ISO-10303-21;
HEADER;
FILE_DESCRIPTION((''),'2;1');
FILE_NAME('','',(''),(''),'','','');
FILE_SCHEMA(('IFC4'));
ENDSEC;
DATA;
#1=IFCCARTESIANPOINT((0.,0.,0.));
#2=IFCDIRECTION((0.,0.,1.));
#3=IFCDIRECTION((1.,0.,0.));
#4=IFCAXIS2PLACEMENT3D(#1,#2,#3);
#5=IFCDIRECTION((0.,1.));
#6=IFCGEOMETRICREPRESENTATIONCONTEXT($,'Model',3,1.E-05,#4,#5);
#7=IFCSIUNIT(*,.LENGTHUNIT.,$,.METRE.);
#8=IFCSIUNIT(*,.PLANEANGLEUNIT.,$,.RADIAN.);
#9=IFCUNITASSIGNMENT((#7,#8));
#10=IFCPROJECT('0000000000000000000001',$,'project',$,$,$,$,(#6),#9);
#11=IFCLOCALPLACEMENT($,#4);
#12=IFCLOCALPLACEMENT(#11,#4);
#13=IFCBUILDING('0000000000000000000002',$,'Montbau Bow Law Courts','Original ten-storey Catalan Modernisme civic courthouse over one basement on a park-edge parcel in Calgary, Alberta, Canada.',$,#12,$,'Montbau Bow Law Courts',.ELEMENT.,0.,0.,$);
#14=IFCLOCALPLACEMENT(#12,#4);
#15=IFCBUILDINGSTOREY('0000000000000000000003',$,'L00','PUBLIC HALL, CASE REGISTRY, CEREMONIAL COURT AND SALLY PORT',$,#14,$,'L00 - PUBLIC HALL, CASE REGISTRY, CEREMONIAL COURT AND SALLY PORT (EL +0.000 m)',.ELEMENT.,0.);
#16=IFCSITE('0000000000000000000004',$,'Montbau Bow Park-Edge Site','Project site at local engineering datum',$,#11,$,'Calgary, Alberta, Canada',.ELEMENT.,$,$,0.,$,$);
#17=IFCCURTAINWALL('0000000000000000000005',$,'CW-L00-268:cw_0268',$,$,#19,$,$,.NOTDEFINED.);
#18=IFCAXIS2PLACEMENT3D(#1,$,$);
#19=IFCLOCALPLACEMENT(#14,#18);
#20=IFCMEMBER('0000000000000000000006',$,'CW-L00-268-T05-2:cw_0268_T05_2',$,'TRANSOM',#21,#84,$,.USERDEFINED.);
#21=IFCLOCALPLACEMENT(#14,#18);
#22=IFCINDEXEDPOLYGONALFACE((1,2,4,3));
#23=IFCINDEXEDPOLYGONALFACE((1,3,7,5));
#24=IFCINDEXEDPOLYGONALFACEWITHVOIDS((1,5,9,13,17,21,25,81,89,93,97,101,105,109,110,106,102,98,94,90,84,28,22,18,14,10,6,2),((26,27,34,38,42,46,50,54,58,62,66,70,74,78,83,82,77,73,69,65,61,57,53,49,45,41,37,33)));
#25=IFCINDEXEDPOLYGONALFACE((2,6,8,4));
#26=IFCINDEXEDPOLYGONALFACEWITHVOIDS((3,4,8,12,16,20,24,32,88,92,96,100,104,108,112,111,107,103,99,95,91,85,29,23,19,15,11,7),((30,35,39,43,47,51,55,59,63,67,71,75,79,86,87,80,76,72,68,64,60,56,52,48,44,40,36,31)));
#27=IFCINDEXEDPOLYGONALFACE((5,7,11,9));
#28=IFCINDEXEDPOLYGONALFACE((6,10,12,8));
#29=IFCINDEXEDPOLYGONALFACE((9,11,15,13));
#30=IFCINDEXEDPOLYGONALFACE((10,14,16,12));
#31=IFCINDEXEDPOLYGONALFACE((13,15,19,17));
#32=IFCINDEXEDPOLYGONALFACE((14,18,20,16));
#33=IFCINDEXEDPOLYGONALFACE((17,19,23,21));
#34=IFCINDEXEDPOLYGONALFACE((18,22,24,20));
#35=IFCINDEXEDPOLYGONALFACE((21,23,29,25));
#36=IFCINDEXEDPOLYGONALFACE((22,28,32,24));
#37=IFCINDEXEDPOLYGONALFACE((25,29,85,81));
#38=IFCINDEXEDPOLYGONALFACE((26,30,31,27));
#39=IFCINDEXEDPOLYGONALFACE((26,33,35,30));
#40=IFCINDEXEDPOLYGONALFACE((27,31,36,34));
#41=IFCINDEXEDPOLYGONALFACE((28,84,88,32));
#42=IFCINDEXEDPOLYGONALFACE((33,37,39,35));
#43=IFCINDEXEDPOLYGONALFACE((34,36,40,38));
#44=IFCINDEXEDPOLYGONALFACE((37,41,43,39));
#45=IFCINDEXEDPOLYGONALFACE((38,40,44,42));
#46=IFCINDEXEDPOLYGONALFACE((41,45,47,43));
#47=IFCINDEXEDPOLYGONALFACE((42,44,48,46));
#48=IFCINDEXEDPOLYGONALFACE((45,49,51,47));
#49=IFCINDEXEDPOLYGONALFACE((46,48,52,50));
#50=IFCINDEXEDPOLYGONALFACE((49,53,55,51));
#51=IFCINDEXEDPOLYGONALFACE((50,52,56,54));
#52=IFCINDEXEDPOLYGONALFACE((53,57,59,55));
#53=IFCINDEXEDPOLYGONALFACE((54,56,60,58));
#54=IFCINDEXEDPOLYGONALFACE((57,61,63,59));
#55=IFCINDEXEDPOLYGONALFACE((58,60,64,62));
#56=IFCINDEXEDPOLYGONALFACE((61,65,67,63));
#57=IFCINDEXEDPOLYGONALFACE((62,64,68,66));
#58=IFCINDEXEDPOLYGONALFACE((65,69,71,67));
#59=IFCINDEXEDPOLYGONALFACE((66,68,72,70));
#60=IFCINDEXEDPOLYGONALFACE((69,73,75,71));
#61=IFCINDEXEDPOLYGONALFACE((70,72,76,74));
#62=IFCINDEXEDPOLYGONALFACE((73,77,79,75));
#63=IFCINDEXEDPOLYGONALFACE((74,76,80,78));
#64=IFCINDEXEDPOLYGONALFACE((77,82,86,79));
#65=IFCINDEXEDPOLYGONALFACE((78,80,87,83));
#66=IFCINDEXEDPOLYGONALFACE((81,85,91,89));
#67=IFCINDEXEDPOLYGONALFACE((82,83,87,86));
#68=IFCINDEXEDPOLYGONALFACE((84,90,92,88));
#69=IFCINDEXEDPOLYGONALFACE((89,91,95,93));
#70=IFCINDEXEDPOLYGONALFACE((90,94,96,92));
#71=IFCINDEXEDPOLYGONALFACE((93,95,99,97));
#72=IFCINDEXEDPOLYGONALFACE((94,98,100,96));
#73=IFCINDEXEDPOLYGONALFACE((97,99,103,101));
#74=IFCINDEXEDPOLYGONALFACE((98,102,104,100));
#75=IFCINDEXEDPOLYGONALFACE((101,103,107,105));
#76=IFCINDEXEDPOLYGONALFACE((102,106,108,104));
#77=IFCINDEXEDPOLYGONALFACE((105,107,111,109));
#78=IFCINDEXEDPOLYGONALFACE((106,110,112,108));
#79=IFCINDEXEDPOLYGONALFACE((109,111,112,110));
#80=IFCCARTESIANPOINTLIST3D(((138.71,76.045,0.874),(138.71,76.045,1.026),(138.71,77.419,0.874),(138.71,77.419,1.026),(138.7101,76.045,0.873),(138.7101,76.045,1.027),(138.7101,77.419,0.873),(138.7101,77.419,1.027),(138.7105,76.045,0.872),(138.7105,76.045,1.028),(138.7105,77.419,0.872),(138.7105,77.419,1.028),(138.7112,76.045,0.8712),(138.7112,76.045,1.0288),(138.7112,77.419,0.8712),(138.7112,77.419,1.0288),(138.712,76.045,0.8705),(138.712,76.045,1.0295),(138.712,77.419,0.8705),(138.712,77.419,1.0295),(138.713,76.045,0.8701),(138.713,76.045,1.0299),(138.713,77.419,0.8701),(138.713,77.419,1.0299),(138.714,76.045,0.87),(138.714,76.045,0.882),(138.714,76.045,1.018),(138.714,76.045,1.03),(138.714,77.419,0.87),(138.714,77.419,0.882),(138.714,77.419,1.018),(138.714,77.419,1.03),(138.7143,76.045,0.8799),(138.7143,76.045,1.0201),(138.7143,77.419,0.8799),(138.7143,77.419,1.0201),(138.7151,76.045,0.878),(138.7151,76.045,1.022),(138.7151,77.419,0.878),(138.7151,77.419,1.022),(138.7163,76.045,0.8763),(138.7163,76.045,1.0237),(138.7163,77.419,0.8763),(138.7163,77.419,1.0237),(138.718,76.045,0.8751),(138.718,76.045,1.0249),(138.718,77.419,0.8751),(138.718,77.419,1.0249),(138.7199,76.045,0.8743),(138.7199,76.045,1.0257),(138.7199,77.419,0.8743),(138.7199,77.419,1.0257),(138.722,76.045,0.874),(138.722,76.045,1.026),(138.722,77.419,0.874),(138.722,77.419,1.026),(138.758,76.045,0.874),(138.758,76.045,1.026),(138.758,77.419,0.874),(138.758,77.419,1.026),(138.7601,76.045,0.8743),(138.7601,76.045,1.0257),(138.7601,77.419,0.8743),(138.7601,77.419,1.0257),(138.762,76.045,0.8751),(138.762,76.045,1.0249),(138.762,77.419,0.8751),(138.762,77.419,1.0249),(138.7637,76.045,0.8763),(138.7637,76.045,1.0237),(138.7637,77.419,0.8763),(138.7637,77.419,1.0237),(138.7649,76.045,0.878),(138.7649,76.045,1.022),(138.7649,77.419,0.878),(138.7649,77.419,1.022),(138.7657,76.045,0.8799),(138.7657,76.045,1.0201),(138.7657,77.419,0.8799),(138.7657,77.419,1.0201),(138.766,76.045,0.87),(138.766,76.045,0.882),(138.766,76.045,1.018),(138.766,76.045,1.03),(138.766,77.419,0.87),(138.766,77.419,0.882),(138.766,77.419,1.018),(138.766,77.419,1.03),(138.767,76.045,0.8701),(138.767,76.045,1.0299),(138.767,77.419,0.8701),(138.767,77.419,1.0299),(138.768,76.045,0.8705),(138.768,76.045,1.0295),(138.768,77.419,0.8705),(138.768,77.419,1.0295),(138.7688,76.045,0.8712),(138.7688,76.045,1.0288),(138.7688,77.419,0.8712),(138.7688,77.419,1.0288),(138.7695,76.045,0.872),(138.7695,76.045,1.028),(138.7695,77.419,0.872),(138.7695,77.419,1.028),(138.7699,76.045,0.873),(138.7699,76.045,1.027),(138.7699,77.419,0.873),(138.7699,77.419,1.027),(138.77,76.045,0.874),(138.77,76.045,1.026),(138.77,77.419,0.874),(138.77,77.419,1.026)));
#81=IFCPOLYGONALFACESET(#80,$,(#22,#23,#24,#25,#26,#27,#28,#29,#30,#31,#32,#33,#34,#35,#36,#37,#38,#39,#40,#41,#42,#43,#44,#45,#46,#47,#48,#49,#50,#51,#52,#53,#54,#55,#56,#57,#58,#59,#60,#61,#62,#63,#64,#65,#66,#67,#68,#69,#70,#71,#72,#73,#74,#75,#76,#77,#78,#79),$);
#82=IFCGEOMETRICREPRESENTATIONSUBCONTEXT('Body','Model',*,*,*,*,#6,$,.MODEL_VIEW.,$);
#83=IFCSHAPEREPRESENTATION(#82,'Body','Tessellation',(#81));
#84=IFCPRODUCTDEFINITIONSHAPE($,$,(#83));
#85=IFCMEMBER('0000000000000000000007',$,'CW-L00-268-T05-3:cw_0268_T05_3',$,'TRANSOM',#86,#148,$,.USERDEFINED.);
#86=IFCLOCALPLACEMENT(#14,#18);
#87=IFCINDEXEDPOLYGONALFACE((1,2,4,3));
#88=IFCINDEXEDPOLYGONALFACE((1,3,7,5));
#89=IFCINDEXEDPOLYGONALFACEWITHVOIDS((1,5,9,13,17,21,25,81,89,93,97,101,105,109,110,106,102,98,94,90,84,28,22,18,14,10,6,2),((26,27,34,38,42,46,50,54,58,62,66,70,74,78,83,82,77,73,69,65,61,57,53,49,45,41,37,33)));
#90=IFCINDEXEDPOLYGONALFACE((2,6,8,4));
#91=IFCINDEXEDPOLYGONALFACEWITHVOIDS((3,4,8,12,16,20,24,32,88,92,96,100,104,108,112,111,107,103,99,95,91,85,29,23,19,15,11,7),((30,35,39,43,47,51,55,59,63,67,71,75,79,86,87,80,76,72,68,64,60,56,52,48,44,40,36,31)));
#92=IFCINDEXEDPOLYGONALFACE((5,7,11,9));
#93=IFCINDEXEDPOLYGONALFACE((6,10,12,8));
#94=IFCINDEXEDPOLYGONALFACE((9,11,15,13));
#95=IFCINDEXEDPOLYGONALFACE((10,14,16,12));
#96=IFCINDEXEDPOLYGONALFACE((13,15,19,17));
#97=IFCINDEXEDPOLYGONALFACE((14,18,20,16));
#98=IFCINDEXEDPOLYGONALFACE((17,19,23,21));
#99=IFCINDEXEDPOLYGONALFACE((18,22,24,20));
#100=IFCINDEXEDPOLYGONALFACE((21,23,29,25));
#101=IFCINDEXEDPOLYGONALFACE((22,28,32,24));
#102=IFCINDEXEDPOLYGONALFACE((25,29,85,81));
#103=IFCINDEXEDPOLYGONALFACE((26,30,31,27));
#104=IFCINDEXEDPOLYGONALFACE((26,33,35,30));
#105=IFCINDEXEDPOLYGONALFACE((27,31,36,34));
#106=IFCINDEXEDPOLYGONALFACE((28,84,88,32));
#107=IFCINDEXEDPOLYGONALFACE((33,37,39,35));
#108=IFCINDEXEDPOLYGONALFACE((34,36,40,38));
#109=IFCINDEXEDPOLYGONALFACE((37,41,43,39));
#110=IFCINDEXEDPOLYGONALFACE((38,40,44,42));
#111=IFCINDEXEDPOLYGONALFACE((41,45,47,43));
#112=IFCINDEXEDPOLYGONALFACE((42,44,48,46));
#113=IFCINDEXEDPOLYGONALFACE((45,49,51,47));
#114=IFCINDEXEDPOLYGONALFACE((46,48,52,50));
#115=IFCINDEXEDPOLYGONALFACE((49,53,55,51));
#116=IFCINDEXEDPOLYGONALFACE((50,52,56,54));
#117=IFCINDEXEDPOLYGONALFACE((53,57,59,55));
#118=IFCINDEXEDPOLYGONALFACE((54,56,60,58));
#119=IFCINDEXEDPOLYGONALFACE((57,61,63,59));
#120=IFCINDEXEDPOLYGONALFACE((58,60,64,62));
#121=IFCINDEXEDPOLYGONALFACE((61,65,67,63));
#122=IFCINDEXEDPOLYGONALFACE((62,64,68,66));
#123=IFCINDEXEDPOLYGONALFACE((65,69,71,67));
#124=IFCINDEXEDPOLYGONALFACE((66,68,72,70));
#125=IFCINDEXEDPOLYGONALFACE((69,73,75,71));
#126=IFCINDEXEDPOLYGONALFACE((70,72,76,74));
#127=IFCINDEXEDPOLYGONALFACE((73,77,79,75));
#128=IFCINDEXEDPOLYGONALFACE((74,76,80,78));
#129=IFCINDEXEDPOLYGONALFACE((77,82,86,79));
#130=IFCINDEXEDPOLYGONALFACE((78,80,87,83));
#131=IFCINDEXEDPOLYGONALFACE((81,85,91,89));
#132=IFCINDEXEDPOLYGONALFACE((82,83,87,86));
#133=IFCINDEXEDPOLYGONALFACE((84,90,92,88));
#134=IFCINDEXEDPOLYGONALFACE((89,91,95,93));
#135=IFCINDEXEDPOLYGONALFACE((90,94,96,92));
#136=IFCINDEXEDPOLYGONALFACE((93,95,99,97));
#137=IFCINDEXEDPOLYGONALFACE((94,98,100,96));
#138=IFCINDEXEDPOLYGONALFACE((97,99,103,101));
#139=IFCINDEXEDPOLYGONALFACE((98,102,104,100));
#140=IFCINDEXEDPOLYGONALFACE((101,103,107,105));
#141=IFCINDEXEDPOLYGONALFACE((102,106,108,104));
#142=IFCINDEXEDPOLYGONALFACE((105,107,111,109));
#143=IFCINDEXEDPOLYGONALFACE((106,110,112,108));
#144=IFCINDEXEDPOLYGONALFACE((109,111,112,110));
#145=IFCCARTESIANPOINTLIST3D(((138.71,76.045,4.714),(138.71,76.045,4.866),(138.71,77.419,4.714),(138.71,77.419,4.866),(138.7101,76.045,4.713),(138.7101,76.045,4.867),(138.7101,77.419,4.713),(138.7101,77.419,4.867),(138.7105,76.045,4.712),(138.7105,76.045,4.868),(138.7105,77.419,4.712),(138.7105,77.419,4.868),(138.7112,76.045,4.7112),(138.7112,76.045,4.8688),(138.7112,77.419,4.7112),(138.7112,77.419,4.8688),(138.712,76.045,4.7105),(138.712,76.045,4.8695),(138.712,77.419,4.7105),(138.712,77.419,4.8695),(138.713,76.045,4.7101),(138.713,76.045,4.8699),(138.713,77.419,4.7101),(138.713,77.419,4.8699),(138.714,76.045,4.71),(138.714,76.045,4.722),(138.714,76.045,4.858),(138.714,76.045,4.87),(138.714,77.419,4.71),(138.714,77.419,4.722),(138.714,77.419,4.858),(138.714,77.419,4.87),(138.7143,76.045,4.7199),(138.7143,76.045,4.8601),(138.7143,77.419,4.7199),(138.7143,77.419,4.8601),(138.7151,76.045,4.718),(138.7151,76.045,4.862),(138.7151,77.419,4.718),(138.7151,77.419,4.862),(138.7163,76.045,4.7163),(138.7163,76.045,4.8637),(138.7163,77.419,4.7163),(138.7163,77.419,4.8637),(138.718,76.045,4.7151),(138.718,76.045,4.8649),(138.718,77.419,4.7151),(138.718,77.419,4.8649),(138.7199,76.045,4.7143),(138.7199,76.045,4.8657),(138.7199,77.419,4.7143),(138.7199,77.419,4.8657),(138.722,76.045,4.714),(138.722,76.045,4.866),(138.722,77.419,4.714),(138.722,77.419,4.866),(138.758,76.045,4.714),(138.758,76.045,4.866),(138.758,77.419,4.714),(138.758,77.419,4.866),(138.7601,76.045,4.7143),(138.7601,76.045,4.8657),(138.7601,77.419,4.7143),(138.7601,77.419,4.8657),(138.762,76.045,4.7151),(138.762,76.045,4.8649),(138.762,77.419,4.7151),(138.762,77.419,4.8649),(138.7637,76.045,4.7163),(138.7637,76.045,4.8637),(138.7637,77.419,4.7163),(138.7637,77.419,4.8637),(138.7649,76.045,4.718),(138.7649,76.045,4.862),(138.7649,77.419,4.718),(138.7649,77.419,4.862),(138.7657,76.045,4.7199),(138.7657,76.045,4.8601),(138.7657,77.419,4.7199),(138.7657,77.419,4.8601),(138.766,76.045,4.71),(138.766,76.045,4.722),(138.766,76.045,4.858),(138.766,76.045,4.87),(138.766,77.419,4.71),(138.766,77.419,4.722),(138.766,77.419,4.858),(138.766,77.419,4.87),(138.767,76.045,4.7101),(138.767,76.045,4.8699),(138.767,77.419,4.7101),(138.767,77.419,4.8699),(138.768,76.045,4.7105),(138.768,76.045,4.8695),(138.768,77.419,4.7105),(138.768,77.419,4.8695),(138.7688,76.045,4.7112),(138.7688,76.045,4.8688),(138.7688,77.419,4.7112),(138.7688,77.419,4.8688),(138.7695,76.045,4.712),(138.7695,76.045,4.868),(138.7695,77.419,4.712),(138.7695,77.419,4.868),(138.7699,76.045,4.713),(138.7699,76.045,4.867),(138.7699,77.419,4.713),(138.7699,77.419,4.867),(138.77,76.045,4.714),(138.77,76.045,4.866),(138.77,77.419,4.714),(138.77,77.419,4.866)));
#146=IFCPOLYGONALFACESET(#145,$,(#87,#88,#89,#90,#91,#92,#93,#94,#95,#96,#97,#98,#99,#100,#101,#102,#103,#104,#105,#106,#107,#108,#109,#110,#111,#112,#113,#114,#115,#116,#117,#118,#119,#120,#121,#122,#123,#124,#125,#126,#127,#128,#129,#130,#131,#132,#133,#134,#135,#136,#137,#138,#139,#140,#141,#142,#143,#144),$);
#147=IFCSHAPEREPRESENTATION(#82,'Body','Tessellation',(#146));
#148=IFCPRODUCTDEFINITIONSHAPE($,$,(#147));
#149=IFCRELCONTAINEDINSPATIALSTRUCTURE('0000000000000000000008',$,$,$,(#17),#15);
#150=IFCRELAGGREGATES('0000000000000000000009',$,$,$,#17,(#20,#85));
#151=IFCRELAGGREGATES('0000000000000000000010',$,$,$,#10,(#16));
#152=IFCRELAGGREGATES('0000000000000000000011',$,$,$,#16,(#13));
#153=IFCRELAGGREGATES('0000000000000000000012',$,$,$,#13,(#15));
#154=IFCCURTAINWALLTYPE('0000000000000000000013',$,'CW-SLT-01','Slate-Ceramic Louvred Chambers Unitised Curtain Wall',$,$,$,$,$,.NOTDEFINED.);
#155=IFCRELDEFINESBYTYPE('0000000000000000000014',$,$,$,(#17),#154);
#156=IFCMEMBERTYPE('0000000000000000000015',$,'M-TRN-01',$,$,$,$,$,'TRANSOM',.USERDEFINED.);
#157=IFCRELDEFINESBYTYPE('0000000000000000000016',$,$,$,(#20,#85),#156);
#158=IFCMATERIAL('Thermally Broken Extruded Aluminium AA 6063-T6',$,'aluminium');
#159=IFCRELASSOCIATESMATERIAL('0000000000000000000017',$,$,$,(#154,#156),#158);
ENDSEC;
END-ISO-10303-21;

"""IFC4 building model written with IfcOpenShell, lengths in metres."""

from ifc_helpers import new_model, si_unit, direction, frame, origin_with_axes, origin_2d_with_axis, place, context, subcontext, project, spatial, hollow_rectangle, extrude, material, material_profile, profile_set, type_object, element, aggregate, save


model = new_model("IFC4")

# Units and contexts
model_context = context("Model", 3, precision=1e-05, world=origin_with_axes(), true_north=direction((0.0, 1.0)))
body_context = subcontext(model_context, "Body", "Model", "MODEL_VIEW")
ifc_project = project(units=[si_unit("LENGTHUNIT", "METRE"), si_unit("PLANEANGLEUNIT", "RADIAN")], contexts=[model_context])

# Site, building, storey
site_placement = place(None, origin_with_axes())
site = spatial("IfcSite", under=ifc_project, at=site_placement, Name="Montbau Bow Park-Edge Site", Description="Project site at local engineering datum", LongName="Calgary, Alberta, Canada", CompositionType="ELEMENT", RefElevation=0.0)
building_placement = place(site_placement, origin_with_axes())
building = spatial("IfcBuilding", under=site, at=building_placement, Name="Montbau Bow Law Courts", Description="Original ten-storey Catalan Modernisme civic courthouse over one basement on a park-edge parcel in Calgary, Alberta, Canada.", LongName="Montbau Bow Law Courts", CompositionType="ELEMENT", ElevationOfRefHeight=0.0, ElevationOfTerrain=0.0)
storey_placement = place(building_placement, origin_with_axes())
storey = spatial("IfcBuildingStorey", under=building, at=storey_placement, Name="L00", Description="PUBLIC HALL, CASE REGISTRY, CEREMONIAL COURT AND SALLY PORT", LongName="L00 - PUBLIC HALL, CASE REGISTRY, CEREMONIAL COURT AND SALLY PORT (EL +0.000 m)", CompositionType="ELEMENT", Elevation=0.0)

# Curtain wall
ifc_material_1 = material(Name="Thermally Broken Extruded Aluminium AA 6063-T6", Category="aluminium")
curtain_wall_type = type_object("IfcCurtainWallType", Name="CW-SLT-01", Description="Slate-Ceramic Louvred Chambers Unitised Curtain Wall", PredefinedType="NOTDEFINED", material=ifc_material_1)
curtain_wall_1_placement = place(None, frame((138.74, 70.115, 0.0), z_axis=(0.0, 0.0, 1.0), x_axis=(1.0, 0.0, 0.0)))
curtain_wall_1 = element("IfcCurtainWall", 1, at=curtain_wall_1_placement, inside=storey, type_object=curtain_wall_type, Name="CW-L00-268:cw_0268", PredefinedType="NOTDEFINED")

# Members
ifc_material_profile_1 = material_profile(ifc_material_1, hollow_rectangle(XDim=0.06, YDim=0.16, WallThickness=0.004, InnerFilletRadius=0.008, OuterFilletRadius=0.004, at=origin_2d_with_axis()), Name="CWT-160X60", Category="Main", Priority=0)
ifc_profile_set_1 = profile_set([ifc_material_profile_1], Name="Thermally Broken Extruded Aluminium AA 6063-T6")
member_type_1 = type_object("IfcMemberType", Name="M-TRN-01", ElementType="TRANSOM", PredefinedType="USERDEFINED", material=ifc_profile_set_1)
member_1_placement = place(None, frame((138.74, 76.045, 0.95), z_axis=(0.0, 1.0, 0.0), x_axis=(-1.0, 0.0, 0.0)))
member_1 = element("IfcMember", 2, at=member_1_placement, type_object=member_type_1, Name="CW-L00-268-T05-2:cw_0268_T05_2", ObjectType="TRANSOM", PredefinedType="USERDEFINED", context=body_context, shape_type="SweptSolid", body=[
    extrude(hollow_rectangle(XDim=0.06, YDim=0.16, WallThickness=0.004, InnerFilletRadius=0.008, OuterFilletRadius=0.004, at=origin_2d_with_axis()), origin_with_axes(), (0.0, 0.0, 1.0), 1.374),
])
member_2_placement = place(None, frame((138.74, 76.045, 4.79), z_axis=(0.0, 1.0, 0.0), x_axis=(-1.0, 0.0, 0.0)))
member_2 = element("IfcMember", 3, at=member_2_placement, type_object=member_type_1, Name="CW-L00-268-T05-3:cw_0268_T05_3", ObjectType="TRANSOM", PredefinedType="USERDEFINED", context=body_context, shape_type="SweptSolid", body=[
    extrude(hollow_rectangle(XDim=0.06, YDim=0.16, WallThickness=0.004, InnerFilletRadius=0.008, OuterFilletRadius=0.004, at=origin_2d_with_axis()), origin_with_axes(), (0.0, 0.0, 1.0), 1.374),
])

aggregate(curtain_wall_1, [member_1, member_2])

save(model, "model.ifc")
